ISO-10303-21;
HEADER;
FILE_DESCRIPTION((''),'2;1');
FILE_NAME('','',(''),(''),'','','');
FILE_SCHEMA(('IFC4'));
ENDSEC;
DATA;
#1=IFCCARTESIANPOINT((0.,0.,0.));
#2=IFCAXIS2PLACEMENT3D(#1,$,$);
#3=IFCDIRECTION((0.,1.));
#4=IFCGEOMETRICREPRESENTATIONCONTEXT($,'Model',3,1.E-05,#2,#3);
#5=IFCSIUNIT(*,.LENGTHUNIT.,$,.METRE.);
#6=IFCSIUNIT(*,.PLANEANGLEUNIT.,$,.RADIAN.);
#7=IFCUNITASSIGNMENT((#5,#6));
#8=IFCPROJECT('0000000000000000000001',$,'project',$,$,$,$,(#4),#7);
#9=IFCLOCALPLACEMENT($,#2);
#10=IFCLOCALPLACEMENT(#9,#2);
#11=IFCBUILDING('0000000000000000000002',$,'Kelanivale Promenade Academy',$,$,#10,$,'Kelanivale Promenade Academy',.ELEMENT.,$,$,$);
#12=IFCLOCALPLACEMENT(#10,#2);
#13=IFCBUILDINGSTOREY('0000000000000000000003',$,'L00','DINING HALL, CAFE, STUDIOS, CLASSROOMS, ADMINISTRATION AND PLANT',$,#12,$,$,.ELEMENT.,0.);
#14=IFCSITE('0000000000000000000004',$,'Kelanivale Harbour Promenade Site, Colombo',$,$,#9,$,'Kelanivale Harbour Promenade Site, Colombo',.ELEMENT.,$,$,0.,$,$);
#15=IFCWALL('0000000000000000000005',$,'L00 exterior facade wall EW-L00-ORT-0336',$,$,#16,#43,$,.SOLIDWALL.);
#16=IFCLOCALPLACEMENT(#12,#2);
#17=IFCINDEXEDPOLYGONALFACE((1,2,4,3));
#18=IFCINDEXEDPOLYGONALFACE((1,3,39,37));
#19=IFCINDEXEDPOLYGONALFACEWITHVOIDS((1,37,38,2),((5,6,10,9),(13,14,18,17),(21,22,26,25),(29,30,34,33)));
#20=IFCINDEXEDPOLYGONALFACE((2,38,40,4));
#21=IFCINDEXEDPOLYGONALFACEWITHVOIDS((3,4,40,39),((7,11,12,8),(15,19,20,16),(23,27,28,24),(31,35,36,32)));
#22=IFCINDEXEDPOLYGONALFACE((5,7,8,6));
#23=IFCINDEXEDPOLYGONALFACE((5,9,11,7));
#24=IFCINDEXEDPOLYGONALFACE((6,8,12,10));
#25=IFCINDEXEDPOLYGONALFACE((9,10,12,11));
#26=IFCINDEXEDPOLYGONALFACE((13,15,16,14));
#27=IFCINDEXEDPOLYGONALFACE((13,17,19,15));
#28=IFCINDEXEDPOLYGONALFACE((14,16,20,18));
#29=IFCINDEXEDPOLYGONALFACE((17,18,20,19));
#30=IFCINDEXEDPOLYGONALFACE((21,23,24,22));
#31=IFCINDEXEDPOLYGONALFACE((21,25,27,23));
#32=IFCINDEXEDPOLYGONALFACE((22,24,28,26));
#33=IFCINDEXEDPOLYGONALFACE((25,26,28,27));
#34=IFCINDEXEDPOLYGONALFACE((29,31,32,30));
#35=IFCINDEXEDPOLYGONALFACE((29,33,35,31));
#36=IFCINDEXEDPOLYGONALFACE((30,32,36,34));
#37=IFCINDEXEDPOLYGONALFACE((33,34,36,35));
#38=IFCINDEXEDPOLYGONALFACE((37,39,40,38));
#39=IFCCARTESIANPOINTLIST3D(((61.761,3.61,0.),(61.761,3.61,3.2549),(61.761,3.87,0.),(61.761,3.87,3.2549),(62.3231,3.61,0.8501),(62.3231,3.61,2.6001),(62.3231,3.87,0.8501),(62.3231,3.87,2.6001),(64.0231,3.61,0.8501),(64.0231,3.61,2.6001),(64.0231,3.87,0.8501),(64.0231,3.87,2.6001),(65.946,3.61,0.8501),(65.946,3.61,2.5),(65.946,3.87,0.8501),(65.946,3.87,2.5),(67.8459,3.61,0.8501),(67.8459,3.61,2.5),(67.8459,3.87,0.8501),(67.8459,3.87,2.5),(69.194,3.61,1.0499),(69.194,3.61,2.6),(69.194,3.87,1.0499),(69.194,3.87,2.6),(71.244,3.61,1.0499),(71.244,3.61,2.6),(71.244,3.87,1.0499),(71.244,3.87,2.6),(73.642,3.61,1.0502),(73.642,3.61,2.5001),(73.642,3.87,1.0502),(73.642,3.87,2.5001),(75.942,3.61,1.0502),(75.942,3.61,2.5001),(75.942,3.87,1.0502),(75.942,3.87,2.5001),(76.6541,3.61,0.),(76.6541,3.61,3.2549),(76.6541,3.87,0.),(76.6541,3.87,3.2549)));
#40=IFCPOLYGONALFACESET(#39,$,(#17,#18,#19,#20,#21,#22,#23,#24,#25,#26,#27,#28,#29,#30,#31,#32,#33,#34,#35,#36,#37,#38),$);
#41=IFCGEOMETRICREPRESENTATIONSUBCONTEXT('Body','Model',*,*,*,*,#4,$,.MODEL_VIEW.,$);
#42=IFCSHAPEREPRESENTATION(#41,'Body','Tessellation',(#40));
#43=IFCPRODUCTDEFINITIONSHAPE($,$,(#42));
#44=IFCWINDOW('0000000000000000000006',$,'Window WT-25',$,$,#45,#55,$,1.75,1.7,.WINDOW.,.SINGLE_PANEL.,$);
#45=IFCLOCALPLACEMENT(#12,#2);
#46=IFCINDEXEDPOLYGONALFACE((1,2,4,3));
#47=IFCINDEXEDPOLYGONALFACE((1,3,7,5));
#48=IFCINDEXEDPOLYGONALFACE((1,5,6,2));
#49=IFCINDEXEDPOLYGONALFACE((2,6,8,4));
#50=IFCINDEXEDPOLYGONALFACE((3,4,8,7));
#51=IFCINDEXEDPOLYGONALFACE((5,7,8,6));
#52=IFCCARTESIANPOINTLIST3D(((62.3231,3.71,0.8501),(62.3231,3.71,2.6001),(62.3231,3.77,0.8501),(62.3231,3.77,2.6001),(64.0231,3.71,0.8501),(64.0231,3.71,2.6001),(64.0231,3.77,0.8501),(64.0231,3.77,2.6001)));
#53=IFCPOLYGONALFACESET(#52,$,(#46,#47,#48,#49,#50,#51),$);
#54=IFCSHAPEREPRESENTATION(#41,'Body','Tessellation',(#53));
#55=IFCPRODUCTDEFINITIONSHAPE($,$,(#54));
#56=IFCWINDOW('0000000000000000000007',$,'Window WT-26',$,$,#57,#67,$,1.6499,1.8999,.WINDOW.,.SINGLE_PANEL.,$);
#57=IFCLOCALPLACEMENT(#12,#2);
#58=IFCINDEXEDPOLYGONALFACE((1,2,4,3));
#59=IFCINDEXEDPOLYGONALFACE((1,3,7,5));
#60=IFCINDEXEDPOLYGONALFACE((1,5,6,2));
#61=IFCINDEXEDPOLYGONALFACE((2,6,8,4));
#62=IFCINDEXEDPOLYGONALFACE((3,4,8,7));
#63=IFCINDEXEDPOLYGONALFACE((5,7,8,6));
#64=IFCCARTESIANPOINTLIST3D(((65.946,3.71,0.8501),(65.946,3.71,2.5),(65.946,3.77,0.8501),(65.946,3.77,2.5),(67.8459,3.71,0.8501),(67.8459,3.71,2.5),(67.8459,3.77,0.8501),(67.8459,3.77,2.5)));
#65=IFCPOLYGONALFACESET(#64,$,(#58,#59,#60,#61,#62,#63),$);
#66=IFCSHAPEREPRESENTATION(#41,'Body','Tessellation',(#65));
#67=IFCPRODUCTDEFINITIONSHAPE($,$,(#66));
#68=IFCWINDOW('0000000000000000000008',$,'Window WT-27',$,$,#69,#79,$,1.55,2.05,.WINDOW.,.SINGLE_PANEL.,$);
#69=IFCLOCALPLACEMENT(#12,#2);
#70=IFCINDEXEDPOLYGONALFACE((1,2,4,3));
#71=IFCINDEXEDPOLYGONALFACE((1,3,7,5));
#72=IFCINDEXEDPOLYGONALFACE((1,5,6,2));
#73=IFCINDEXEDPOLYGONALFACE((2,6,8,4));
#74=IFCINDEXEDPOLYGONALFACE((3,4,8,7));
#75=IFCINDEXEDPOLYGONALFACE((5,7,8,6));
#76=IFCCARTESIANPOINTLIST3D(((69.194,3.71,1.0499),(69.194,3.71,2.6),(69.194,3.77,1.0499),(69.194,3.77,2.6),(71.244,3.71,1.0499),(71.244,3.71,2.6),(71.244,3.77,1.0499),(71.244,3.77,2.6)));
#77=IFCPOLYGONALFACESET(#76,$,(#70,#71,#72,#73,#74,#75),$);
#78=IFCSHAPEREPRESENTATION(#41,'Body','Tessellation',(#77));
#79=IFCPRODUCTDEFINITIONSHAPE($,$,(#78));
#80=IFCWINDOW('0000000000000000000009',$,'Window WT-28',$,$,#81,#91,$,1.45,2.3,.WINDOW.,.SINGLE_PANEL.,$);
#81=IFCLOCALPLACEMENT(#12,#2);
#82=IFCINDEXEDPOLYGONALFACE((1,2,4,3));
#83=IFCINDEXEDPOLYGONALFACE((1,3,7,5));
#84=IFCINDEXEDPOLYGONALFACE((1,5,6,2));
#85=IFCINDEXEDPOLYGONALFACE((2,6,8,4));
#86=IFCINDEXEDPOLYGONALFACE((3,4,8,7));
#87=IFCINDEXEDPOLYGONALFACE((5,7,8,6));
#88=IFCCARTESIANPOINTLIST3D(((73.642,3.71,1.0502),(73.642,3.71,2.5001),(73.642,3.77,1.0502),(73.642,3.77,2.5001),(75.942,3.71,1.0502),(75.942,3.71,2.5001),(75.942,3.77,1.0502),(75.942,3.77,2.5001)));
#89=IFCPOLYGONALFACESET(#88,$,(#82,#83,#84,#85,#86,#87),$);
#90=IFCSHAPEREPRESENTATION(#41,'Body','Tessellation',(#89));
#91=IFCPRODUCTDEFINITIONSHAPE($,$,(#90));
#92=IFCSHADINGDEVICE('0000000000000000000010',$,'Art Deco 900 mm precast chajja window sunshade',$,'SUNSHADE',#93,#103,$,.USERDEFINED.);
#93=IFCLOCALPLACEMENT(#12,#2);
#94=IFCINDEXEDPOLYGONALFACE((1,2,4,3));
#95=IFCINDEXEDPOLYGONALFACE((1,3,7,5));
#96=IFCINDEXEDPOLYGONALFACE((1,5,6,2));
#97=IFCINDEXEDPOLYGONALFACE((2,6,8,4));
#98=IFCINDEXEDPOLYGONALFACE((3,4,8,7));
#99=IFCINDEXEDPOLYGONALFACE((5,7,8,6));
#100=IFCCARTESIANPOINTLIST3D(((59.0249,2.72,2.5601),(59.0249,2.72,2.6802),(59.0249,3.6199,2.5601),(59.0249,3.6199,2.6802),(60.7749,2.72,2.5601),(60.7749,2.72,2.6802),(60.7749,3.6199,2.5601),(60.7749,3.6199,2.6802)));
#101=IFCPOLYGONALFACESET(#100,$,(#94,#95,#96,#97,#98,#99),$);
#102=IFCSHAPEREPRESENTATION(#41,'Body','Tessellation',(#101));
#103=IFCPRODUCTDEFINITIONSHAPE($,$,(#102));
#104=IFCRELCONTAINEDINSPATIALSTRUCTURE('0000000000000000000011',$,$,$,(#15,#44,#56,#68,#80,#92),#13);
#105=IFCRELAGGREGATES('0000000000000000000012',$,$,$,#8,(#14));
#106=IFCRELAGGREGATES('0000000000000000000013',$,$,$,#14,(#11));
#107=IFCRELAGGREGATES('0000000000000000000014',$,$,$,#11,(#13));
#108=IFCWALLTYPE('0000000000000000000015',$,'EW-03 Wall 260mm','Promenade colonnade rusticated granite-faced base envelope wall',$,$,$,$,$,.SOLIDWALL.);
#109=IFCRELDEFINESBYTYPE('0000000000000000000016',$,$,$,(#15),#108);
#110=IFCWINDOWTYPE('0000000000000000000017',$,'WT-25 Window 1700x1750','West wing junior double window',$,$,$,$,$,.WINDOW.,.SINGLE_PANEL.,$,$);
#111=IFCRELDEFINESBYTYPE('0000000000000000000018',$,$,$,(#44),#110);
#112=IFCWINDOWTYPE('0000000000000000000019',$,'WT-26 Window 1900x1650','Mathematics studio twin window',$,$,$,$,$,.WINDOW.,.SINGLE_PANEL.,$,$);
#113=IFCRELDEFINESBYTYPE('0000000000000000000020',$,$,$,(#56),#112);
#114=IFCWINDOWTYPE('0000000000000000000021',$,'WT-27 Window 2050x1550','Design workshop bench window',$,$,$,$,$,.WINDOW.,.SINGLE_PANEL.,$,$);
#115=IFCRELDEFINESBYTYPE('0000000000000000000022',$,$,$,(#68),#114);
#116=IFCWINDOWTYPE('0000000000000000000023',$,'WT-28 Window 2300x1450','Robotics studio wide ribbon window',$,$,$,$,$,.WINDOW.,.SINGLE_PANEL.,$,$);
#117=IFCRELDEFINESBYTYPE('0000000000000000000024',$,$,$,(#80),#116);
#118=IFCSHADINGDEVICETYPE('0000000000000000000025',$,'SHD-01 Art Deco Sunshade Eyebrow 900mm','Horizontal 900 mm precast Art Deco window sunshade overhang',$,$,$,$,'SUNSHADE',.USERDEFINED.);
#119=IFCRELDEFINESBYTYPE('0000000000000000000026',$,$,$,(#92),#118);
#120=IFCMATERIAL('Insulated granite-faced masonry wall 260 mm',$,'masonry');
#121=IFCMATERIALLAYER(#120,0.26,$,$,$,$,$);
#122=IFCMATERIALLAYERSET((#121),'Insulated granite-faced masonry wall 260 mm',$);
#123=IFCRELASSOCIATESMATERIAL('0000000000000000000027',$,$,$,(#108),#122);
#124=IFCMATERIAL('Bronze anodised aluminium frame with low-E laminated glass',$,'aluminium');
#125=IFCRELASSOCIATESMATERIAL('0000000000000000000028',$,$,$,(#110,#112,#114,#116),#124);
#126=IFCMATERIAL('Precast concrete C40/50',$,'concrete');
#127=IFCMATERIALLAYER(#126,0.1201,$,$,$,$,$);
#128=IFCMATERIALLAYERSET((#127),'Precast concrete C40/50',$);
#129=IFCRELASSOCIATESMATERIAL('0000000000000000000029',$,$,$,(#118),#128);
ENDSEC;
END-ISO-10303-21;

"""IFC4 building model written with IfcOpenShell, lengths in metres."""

from ifc_helpers import new_model, si_unit, direction, frame, frame_2d, origin, origin_2d, place, context, subcontext, project, spatial, rectangle, extrude, material, layer, layer_set, type_object, element, fill, save


model = new_model("IFC4")

# Units and contexts
model_context = context("Model", 3, precision=1e-05, world=origin(), true_north=direction((0.0, 1.0)))
body_context = subcontext(model_context, "Body", "Model", "MODEL_VIEW")
ifc_project = project(units=[si_unit("LENGTHUNIT", "METRE"), si_unit("PLANEANGLEUNIT", "RADIAN")], contexts=[model_context])

# Site, building, storey
site_placement = place(None, origin())
site = spatial("IfcSite", under=ifc_project, at=site_placement, Name="Kelanivale Harbour Promenade Site, Colombo", LongName="Kelanivale Harbour Promenade Site, Colombo", CompositionType="ELEMENT", RefElevation=0.0)
building_placement = place(site_placement, origin())
building = spatial("IfcBuilding", under=site, at=building_placement, Name="Kelanivale Promenade Academy", LongName="Kelanivale Promenade Academy", CompositionType="ELEMENT")
storey_placement = place(building_placement, origin())
storey = spatial("IfcBuildingStorey", under=building, at=storey_placement, Name="L00", Description="DINING HALL, CAFE, STUDIOS, CLASSROOMS, ADMINISTRATION AND PLANT", CompositionType="ELEMENT", Elevation=0.0)

# Wall, openings, windows
ifc_material_1 = material(Name="Insulated granite-faced masonry wall 260 mm", Category="masonry")
ifc_layer_1 = layer(ifc_material_1, 0.26)
ifc_layer_set_1 = layer_set([ifc_layer_1], Name="Insulated granite-faced masonry wall 260 mm")
wall_type = type_object("IfcWallType", Name="EW-03 Wall 260mm", Description="Promenade colonnade rusticated granite-faced base envelope wall", PredefinedType="SOLIDWALL", material=ifc_layer_set_1)
wall_placement = place(storey_placement, frame((61.761, 3.74, 0.0), z_axis=(0.0, 0.0, 1.0), x_axis=(1.0, 0.0, 0.0)))
wall = element("IfcWall", 1, at=wall_placement, inside=storey, type_object=wall_type, Name="L00 exterior facade wall EW-L00-ORT-0336", PredefinedType="SOLIDWALL", context=body_context, shape_type="SweptSolid", body=[
    extrude(rectangle(XDim=14.8931, YDim=0.26, at=frame_2d((7.4465, 0.0))), origin(), (0.0, 0.0, 1.0), 3.2549),
])
opening_1_placement = place(wall_placement, frame((0.562, 0.0, 0.8501)))
opening_1 = element("IfcOpeningElement", 2, at=opening_1_placement, cuts=wall, PredefinedType="OPENING", context=body_context, shape_type="SweptSolid", body=[
    extrude(rectangle(XDim=1.7, YDim=1.75, at=frame_2d((0.8501, 0.875))), frame((0.0, 0.1401, 0.0), z_axis=(0.0, -1.0, 0.0), x_axis=(1.0, 0.0, 0.0)), (0.0, 0.0, 1.0), 0.28),
])
opening_2_placement = place(wall_placement, frame((4.1851, 0.0, 0.8501)))
opening_2 = element("IfcOpeningElement", 3, at=opening_2_placement, cuts=wall, PredefinedType="OPENING", context=body_context, shape_type="SweptSolid", body=[
    extrude(rectangle(XDim=1.8999, YDim=1.6499, at=frame_2d((0.95, 0.825))), frame((0.0, 0.1401, 0.0), z_axis=(0.0, -1.0, 0.0), x_axis=(1.0, 0.0, 0.0)), (0.0, 0.0, 1.0), 0.28),
])
opening_3_placement = place(wall_placement, frame((7.4331, 0.0, 1.05)))
opening_3 = element("IfcOpeningElement", 4, at=opening_3_placement, cuts=wall, PredefinedType="OPENING", context=body_context, shape_type="SweptSolid", body=[
    extrude(rectangle(XDim=2.05, YDim=1.55, at=frame_2d((1.0249, 0.7749))), frame((0.0, 0.1401, 0.0), z_axis=(0.0, -1.0, 0.0), x_axis=(1.0, 0.0, 0.0)), (0.0, 0.0, 1.0), 0.28),
])
opening_4_placement = place(wall_placement, frame((11.8811, 0.0, 1.05)))
opening_4 = element("IfcOpeningElement", 5, at=opening_4_placement, cuts=wall, PredefinedType="OPENING", context=body_context, shape_type="SweptSolid", body=[
    extrude(rectangle(XDim=2.3, YDim=1.45, at=frame_2d((1.1499, 0.7251))), frame((0.0, 0.1401, 0.0), z_axis=(0.0, -1.0, 0.0), x_axis=(1.0, 0.0, 0.0)), (0.0, 0.0, 1.0), 0.28),
])
ifc_material_2 = material(Name="Bronze anodised aluminium frame with low-E laminated glass", Category="aluminium")
window_type_1 = type_object("IfcWindowType", Name="WT-25 Window 1700x1750", Description="West wing junior double window", PartitioningType="SINGLE_PANEL", PredefinedType="WINDOW", material=ifc_material_2)
window_1_placement = place(opening_1_placement, origin())
window_1 = element("IfcWindow", 6, at=window_1_placement, inside=storey, type_object=window_type_1, Name="Window WT-25", OverallHeight=1.75, OverallWidth=1.7, PartitioningType="SINGLE_PANEL", PredefinedType="WINDOW", context=body_context, shape_type="SweptSolid", body=[
    extrude(rectangle(XDim=1.7, YDim=1.75, at=frame_2d((0.8501, 0.875))), frame((0.0, 0.03, 0.0), z_axis=(0.0, -1.0, 0.0), x_axis=(1.0, 0.0, 0.0)), (0.0, 0.0, 1.0), 0.0601),
])
fill(opening_1, window_1)
window_type_2 = type_object("IfcWindowType", Name="WT-26 Window 1900x1650", Description="Mathematics studio twin window", PartitioningType="SINGLE_PANEL", PredefinedType="WINDOW", material=ifc_material_2)
window_2_placement = place(opening_2_placement, origin())
window_2 = element("IfcWindow", 7, at=window_2_placement, inside=storey, type_object=window_type_2, Name="Window WT-26", OverallHeight=1.6499, OverallWidth=1.8999, PartitioningType="SINGLE_PANEL", PredefinedType="WINDOW", context=body_context, shape_type="SweptSolid", body=[
    extrude(rectangle(XDim=1.8999, YDim=1.6499, at=frame_2d((0.95, 0.825))), frame((0.0, 0.03, 0.0), z_axis=(0.0, -1.0, 0.0), x_axis=(1.0, 0.0, 0.0)), (0.0, 0.0, 1.0), 0.0601),
])
fill(opening_2, window_2)
window_type_3 = type_object("IfcWindowType", Name="WT-27 Window 2050x1550", Description="Design workshop bench window", PartitioningType="SINGLE_PANEL", PredefinedType="WINDOW", material=ifc_material_2)
window_3_placement = place(opening_3_placement, origin())
window_3 = element("IfcWindow", 8, at=window_3_placement, inside=storey, type_object=window_type_3, Name="Window WT-27", OverallHeight=1.55, OverallWidth=2.05, PartitioningType="SINGLE_PANEL", PredefinedType="WINDOW", context=body_context, shape_type="SweptSolid", body=[
    extrude(rectangle(XDim=2.05, YDim=1.55, at=frame_2d((1.0249, 0.7749))), frame((0.0, 0.03, 0.0), z_axis=(0.0, -1.0, 0.0), x_axis=(1.0, 0.0, 0.0)), (0.0, 0.0, 1.0), 0.0601),
])
fill(opening_3, window_3)
window_type_4 = type_object("IfcWindowType", Name="WT-28 Window 2300x1450", Description="Robotics studio wide ribbon window", PartitioningType="SINGLE_PANEL", PredefinedType="WINDOW", material=ifc_material_2)
window_4_placement = place(opening_4_placement, origin())
window_4 = element("IfcWindow", 9, at=window_4_placement, inside=storey, type_object=window_type_4, Name="Window WT-28", OverallHeight=1.45, OverallWidth=2.3, PartitioningType="SINGLE_PANEL", PredefinedType="WINDOW", context=body_context, shape_type="SweptSolid", body=[
    extrude(rectangle(XDim=2.3, YDim=1.45, at=frame_2d((1.1499, 0.7251))), frame((0.0, 0.03, 0.0), z_axis=(0.0, -1.0, 0.0), x_axis=(1.0, 0.0, 0.0)), (0.0, 0.0, 1.0), 0.0601),
])
fill(opening_4, window_4)

# Shading device
ifc_material_3 = material(Name="Precast concrete C40/50", Category="concrete")
ifc_layer_2 = layer(ifc_material_3, 0.1201)
ifc_layer_set_2 = layer_set([ifc_layer_2], Name="Precast concrete C40/50")
shading_device_type = type_object("IfcShadingDeviceType", Name="SHD-01 Art Deco Sunshade Eyebrow 900mm", Description="Horizontal 900 mm precast Art Deco window sunshade overhang", ElementType="SUNSHADE", PredefinedType="USERDEFINED", material=ifc_layer_set_2)
shading_device_placement = place(storey_placement, frame((59.8999, 3.1699, 2.5601), z_axis=(0.0, 0.0, 1.0), x_axis=(1.0, 0.0, 0.0)))
element("IfcShadingDevice", 10, at=shading_device_placement, inside=storey, type_object=shading_device_type, Name="Art Deco 900 mm precast chajja window sunshade", ObjectType="SUNSHADE", PredefinedType="USERDEFINED", context=body_context, shape_type="SweptSolid", body=[
    extrude(rectangle(XDim=1.75, YDim=0.8999, at=origin_2d()), origin(), (0.0, 0.0, 1.0), 0.1201),
])

save(model, "model.ifc")
